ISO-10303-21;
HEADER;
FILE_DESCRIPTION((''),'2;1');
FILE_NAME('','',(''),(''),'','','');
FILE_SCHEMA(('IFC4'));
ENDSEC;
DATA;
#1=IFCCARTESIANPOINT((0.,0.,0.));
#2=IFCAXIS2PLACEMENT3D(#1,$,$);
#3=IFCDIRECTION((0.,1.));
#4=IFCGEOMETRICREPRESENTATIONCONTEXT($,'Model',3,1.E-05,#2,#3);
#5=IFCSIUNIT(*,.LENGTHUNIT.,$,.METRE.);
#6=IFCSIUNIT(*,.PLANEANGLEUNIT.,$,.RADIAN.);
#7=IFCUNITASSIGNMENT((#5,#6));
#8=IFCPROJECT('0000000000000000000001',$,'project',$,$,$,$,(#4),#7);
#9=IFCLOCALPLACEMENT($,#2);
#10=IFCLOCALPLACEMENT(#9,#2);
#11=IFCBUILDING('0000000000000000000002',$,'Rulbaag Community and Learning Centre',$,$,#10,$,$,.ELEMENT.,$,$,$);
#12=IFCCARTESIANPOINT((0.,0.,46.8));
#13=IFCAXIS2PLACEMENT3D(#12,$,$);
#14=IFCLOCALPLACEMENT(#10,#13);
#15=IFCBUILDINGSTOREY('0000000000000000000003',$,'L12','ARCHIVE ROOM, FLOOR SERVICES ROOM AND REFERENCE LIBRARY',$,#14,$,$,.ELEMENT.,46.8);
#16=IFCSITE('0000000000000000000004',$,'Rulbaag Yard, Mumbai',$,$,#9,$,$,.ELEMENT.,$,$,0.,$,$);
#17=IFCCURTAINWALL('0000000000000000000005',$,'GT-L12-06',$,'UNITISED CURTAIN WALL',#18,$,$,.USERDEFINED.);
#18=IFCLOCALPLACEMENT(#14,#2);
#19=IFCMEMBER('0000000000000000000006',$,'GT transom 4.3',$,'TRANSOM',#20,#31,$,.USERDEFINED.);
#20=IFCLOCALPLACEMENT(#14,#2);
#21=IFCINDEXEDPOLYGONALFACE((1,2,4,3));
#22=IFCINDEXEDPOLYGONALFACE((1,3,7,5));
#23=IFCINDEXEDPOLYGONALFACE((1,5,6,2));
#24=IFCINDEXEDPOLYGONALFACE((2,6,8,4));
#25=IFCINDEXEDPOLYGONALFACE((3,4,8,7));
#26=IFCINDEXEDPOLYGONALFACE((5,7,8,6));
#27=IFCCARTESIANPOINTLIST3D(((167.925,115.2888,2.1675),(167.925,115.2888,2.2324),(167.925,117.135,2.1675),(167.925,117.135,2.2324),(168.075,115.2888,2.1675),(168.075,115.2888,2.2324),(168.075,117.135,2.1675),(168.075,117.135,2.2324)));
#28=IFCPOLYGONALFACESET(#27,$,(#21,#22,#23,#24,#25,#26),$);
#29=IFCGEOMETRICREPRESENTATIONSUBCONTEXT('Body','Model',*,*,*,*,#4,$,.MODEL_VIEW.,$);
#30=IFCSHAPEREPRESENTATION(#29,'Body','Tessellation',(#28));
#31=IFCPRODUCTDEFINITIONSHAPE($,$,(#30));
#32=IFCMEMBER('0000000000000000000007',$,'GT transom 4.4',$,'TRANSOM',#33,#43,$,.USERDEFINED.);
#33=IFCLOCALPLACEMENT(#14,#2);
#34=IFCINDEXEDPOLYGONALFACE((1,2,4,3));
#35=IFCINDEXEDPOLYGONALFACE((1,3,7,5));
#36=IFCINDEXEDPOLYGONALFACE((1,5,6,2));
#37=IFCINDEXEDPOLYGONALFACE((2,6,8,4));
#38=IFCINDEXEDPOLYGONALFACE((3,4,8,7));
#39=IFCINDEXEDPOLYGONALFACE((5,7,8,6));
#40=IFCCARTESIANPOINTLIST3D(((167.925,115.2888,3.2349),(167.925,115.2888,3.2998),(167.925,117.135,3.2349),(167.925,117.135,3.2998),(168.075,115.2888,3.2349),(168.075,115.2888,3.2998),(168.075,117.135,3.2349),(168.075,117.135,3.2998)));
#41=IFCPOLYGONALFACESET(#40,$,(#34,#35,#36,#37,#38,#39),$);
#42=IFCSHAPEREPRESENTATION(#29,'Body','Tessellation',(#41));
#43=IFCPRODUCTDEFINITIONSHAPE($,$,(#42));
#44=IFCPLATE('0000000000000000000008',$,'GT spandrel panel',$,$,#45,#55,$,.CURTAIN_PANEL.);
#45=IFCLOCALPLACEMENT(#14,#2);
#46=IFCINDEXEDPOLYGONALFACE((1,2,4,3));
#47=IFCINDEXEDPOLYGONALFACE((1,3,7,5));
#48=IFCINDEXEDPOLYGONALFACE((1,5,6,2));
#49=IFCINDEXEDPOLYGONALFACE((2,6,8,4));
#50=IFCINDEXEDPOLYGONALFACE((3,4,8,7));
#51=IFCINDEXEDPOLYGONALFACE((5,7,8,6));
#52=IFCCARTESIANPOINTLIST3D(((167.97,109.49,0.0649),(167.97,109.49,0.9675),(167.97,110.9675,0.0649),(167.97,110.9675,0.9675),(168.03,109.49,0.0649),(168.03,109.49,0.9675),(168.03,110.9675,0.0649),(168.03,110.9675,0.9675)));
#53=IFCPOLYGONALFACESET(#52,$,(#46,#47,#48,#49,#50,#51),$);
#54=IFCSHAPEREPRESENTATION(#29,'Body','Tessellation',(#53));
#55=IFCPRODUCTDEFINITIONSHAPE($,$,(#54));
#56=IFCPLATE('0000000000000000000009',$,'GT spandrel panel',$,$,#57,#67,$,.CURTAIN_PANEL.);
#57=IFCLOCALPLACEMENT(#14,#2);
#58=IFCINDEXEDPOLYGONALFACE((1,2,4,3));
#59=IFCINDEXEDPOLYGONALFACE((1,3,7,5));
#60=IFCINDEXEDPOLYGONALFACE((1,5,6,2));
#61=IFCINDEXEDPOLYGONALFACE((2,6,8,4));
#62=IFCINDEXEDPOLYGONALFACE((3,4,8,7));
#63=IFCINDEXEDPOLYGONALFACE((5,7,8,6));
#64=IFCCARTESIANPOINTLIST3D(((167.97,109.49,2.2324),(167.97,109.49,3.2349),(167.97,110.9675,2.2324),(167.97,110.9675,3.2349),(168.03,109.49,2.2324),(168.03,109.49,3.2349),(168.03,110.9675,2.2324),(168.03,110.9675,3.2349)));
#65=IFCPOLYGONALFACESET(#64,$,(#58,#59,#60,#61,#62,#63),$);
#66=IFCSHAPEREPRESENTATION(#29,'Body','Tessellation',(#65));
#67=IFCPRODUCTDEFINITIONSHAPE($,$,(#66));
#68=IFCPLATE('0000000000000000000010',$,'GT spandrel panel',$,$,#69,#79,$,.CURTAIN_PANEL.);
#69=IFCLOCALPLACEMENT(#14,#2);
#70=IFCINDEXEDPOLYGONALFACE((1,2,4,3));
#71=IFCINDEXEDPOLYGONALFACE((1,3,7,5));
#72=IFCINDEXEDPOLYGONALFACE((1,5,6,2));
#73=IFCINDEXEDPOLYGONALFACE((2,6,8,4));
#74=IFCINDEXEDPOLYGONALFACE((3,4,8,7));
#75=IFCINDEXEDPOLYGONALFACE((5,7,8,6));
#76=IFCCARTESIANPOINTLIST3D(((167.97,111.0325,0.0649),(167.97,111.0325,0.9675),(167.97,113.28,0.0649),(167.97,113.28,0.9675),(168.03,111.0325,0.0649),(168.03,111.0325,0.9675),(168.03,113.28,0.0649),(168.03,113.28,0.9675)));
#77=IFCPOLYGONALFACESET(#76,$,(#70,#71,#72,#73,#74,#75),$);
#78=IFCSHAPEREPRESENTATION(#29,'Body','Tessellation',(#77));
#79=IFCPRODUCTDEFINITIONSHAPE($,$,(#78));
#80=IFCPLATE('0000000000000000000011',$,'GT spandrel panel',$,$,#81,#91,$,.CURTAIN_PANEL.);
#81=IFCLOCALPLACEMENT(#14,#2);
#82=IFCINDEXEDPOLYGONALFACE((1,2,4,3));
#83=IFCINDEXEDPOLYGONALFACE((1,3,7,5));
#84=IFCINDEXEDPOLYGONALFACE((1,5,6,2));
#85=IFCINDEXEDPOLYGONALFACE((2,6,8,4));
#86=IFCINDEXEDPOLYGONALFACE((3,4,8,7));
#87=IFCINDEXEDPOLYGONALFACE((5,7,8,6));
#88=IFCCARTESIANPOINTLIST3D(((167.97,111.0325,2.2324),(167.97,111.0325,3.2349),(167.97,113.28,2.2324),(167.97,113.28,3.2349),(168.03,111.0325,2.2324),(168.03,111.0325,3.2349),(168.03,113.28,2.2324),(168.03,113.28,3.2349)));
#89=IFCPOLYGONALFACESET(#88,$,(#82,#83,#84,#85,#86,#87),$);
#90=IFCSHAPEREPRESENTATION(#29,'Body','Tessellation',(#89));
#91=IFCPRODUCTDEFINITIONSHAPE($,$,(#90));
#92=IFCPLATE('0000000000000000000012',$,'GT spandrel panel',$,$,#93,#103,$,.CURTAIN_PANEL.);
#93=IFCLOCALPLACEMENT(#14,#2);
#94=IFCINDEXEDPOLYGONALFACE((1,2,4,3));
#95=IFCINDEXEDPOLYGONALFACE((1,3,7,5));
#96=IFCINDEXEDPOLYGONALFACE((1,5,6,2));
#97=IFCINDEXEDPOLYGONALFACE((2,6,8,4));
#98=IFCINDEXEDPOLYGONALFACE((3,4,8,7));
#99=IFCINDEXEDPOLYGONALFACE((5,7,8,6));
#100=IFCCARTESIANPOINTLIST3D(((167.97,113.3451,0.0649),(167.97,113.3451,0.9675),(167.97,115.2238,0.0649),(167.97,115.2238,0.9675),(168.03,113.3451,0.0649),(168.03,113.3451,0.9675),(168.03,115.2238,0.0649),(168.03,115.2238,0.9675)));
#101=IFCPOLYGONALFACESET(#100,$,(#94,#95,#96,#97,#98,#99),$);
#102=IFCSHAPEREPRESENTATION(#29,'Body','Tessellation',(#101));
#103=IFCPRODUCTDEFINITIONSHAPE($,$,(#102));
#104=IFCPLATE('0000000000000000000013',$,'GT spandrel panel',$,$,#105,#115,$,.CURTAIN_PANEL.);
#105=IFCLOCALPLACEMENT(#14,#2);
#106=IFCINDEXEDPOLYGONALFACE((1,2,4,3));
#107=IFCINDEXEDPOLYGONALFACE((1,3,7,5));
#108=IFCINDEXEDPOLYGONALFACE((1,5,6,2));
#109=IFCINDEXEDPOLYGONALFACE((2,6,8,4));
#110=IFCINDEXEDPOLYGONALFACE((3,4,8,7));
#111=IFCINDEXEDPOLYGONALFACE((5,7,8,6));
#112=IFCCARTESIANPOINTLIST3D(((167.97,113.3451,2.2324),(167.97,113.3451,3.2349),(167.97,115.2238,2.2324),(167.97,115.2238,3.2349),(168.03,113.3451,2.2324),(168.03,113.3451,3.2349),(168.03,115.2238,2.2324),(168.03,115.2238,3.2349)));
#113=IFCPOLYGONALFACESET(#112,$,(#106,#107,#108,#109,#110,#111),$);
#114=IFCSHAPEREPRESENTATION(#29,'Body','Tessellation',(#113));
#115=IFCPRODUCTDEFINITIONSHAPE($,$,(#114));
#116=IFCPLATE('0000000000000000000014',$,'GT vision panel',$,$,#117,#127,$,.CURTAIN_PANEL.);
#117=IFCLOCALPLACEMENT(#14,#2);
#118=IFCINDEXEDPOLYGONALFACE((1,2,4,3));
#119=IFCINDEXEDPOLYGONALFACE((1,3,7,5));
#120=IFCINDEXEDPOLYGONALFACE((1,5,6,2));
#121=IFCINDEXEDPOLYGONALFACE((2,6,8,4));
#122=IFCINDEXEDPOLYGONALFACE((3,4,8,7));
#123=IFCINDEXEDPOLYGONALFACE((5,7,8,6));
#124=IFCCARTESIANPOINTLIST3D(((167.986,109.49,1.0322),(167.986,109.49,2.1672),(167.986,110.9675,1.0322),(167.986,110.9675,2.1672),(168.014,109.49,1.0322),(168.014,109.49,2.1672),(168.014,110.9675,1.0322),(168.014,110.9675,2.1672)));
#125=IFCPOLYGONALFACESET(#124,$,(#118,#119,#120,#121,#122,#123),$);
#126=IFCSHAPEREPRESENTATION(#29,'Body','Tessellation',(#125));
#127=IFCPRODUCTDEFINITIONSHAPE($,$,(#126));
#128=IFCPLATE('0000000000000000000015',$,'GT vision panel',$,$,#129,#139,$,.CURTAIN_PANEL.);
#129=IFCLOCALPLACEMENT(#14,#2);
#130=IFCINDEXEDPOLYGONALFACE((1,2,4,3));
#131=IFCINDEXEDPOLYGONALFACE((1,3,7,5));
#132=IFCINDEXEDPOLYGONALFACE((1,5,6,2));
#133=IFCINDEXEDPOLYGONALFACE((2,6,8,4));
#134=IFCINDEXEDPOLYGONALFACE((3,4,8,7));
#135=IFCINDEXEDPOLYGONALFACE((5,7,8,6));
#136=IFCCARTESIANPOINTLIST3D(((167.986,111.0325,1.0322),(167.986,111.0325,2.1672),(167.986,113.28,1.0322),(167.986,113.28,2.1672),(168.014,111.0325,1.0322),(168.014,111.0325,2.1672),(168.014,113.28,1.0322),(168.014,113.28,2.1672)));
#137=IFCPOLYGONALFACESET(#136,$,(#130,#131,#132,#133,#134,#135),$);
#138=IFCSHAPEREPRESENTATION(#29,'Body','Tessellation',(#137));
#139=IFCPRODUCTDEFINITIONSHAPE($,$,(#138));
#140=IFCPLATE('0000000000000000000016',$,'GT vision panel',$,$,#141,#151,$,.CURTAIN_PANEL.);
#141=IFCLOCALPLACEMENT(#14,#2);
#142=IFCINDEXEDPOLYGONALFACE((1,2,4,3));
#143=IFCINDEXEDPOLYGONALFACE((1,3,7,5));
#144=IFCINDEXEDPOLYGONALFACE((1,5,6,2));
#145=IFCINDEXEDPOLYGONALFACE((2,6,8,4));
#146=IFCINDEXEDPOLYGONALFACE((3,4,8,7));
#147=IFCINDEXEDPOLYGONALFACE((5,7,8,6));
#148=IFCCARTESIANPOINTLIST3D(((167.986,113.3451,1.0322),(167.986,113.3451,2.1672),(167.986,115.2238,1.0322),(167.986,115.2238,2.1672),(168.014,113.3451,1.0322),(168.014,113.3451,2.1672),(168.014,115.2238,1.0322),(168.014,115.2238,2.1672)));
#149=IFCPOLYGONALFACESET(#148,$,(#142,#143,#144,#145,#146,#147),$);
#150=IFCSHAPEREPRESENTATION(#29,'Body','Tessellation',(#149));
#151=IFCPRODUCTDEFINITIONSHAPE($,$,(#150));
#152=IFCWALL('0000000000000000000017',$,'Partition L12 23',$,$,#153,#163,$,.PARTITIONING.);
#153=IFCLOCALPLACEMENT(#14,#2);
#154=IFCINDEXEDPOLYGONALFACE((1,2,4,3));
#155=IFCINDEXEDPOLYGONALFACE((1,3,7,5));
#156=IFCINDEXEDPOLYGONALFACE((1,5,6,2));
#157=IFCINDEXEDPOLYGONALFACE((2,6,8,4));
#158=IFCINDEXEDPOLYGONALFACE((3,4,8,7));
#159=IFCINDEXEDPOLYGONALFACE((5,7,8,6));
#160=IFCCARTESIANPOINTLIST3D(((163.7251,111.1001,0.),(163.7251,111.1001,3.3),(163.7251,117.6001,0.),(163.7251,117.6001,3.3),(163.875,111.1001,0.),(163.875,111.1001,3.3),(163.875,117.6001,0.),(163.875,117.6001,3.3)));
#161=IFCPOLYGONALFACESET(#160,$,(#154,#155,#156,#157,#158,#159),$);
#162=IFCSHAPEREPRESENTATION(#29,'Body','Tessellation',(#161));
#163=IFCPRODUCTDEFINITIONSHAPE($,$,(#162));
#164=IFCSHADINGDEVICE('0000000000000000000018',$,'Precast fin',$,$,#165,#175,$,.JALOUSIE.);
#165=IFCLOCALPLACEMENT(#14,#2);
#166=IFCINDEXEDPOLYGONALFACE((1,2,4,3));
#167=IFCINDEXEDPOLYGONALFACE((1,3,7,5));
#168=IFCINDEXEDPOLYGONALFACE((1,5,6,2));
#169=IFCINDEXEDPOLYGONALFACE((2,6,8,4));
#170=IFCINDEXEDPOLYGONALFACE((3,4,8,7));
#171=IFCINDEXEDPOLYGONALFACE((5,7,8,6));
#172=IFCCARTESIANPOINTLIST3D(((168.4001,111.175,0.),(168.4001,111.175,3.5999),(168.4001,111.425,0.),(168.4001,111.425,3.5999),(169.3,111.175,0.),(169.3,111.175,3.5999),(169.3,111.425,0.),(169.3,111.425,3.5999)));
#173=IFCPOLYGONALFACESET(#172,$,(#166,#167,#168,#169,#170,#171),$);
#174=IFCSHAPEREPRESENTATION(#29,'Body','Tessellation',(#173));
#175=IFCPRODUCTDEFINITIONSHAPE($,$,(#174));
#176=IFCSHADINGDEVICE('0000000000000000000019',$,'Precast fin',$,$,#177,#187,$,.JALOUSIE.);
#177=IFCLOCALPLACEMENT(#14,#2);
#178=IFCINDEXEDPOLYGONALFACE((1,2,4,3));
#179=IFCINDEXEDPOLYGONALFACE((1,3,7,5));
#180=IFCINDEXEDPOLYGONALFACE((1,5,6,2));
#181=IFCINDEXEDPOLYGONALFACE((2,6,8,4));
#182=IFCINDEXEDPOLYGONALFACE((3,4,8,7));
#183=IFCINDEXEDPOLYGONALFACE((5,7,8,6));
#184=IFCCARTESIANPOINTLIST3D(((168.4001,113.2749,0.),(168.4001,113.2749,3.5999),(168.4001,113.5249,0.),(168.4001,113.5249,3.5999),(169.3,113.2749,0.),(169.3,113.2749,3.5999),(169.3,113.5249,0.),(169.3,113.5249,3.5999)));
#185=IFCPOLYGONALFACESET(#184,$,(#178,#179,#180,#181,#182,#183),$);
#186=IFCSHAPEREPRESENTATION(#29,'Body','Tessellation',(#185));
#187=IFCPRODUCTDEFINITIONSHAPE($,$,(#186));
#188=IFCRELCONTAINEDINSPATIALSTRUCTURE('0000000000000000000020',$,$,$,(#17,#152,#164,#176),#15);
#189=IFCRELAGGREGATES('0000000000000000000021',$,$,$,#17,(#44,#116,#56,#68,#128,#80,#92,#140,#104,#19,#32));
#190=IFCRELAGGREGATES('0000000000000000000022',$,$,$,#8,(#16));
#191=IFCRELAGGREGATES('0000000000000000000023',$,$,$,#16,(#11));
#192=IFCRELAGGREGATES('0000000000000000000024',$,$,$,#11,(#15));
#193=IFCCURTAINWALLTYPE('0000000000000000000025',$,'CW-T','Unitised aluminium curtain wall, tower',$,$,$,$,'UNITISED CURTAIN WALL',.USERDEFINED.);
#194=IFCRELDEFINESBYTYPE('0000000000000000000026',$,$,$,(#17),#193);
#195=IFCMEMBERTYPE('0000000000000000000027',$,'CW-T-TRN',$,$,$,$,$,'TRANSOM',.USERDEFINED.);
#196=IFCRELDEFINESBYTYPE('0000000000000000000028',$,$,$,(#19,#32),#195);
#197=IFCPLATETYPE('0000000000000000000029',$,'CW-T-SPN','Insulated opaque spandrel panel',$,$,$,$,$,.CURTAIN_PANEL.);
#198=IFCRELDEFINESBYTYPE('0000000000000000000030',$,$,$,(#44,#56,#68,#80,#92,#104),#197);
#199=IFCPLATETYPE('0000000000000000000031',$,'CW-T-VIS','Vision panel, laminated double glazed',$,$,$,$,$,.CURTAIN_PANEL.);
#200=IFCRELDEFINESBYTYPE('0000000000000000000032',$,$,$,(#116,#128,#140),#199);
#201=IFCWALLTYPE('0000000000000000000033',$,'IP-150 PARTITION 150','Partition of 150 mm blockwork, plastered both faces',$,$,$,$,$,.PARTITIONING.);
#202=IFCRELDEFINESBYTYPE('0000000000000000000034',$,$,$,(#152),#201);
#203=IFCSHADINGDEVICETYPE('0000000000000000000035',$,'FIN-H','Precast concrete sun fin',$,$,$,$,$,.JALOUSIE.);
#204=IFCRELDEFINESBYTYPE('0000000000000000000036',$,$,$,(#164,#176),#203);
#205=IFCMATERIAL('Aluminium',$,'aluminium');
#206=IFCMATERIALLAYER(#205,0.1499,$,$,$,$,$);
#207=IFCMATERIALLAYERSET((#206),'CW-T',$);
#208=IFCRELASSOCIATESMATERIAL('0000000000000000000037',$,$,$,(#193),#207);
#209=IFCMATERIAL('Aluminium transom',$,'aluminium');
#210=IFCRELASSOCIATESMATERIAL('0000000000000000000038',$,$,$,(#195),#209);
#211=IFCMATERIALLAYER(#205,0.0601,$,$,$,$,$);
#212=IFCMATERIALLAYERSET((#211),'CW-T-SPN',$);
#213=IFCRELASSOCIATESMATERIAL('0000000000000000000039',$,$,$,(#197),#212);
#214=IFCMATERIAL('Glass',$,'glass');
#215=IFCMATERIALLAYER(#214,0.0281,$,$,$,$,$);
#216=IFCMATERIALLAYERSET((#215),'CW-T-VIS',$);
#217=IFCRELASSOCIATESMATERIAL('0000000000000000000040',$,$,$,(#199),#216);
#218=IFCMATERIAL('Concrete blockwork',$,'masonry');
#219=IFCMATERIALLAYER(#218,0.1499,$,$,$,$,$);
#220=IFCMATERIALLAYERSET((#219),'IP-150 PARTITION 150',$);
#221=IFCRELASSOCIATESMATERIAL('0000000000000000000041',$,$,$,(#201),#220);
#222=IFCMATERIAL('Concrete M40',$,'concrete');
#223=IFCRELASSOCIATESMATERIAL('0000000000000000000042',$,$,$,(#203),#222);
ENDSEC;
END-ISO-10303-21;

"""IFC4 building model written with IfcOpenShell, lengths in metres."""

from ifc_helpers import new_model, si_unit, direction, frame, frame_2d, origin, origin_2d, place, context, subcontext, project, spatial, rectangle, extrude, material, layer, layer_set, material_profile, profile_set, type_object, element, aggregate, save


model = new_model("IFC4")

# Units and contexts
model_context = context("Model", 3, precision=1e-05, world=origin(), true_north=direction((0.0, 1.0)))
body_context = subcontext(model_context, "Body", "Model", "MODEL_VIEW")
ifc_project = project(units=[si_unit("LENGTHUNIT", "METRE"), si_unit("PLANEANGLEUNIT", "RADIAN")], contexts=[model_context])

# Site, building, storey
site_placement = place(None, origin())
site = spatial("IfcSite", under=ifc_project, at=site_placement, Name="Rulbaag Yard, Mumbai", CompositionType="ELEMENT", RefElevation=0.0)
building_placement = place(site_placement, origin())
building = spatial("IfcBuilding", under=site, at=building_placement, Name="Rulbaag Community and Learning Centre", CompositionType="ELEMENT")
storey_placement = place(building_placement, frame((0.0, 0.0, 46.8)))
storey = spatial("IfcBuildingStorey", under=building, at=storey_placement, Name="L12", Description="ARCHIVE ROOM, FLOOR SERVICES ROOM AND REFERENCE LIBRARY", CompositionType="ELEMENT", Elevation=46.8)

# Curtain wall, members, plates
ifc_material_1 = material(Name="Aluminium", Category="aluminium")
ifc_layer_1 = layer(ifc_material_1, 0.1499)
ifc_layer_set_1 = layer_set([ifc_layer_1], Name="CW-T")
curtain_wall_type = type_object("IfcCurtainWallType", Name="CW-T", Description="Unitised aluminium curtain wall, tower", ElementType="UNITISED CURTAIN WALL", PredefinedType="USERDEFINED", material=ifc_layer_set_1)
curtain_wall_placement = place(storey_placement, origin())
curtain_wall = element("IfcCurtainWall", 1, at=curtain_wall_placement, inside=storey, type_object=curtain_wall_type, Name="GT-L12-06", ObjectType="UNITISED CURTAIN WALL", PredefinedType="USERDEFINED")
ifc_material_2 = material(Name="Aluminium transom", Category="aluminium")
ifc_material_profile_1 = material_profile(ifc_material_2, rectangle(XDim=0.1499, YDim=0.0649, at=origin_2d()), Name="AL 65x150 T")
ifc_profile_set_1 = profile_set([ifc_material_profile_1], Name="Aluminium transom")
member_type_1 = type_object("IfcMemberType", Name="CW-T-TRN", ElementType="TRANSOM", PredefinedType="USERDEFINED", material=ifc_profile_set_1)
member_1_placement = place(storey_placement, frame((168.0, 115.2888, 2.2), z_axis=(0.0, 1.0, 0.0), x_axis=(-1.0, 0.0, 0.0)))
member_1 = element("IfcMember", 2, at=member_1_placement, type_object=member_type_1, Name="GT transom 4.3", ObjectType="TRANSOM", PredefinedType="USERDEFINED", context=body_context, shape_type="SweptSolid", body=[
    extrude(rectangle(XDim=0.1499, YDim=0.0649, at=origin_2d()), origin(), (0.0, 0.0, 1.0), 1.8462),
])
member_2_placement = place(storey_placement, frame((168.0, 115.2888, 3.2673), z_axis=(0.0, 1.0, 0.0), x_axis=(-1.0, 0.0, 0.0)))
member_2 = element("IfcMember", 3, at=member_2_placement, type_object=member_type_1, Name="GT transom 4.4", ObjectType="TRANSOM", PredefinedType="USERDEFINED", context=body_context, shape_type="SweptSolid", body=[
    extrude(rectangle(XDim=0.1499, YDim=0.0649, at=origin_2d()), origin(), (0.0, 0.0, 1.0), 1.8462),
])
ifc_layer_2 = layer(ifc_material_1, 0.0601)
ifc_layer_set_2 = layer_set([ifc_layer_2], Name="CW-T-SPN")
plate_type_1 = type_object("IfcPlateType", Name="CW-T-SPN", Description="Insulated opaque spandrel panel", PredefinedType="CURTAIN_PANEL", material=ifc_layer_set_2)
plate_1_placement = place(storey_placement, frame((168.0, 110.2288, 0.0649), z_axis=(0.0, 0.0, 1.0), x_axis=(0.0, 1.0, 0.0)))
plate_1 = element("IfcPlate", 4, at=plate_1_placement, type_object=plate_type_1, Name="GT spandrel panel", PredefinedType="CURTAIN_PANEL", context=body_context, shape_type="SweptSolid", body=[
    extrude(rectangle(XDim=1.4775, YDim=0.0601, at=origin_2d()), origin(), (0.0, 0.0, 1.0), 0.9026),
])
plate_2_placement = place(storey_placement, frame((168.0, 110.2288, 2.2324), z_axis=(0.0, 0.0, 1.0), x_axis=(0.0, 1.0, 0.0)))
plate_2 = element("IfcPlate", 5, at=plate_2_placement, type_object=plate_type_1, Name="GT spandrel panel", PredefinedType="CURTAIN_PANEL", context=body_context, shape_type="SweptSolid", body=[
    extrude(rectangle(XDim=1.4775, YDim=0.0601, at=origin_2d()), origin(), (0.0, 0.0, 1.0), 1.0024),
])
plate_3_placement = place(storey_placement, frame((168.0, 112.1562, 0.0649), z_axis=(0.0, 0.0, 1.0), x_axis=(0.0, 1.0, 0.0)))
plate_3 = element("IfcPlate", 6, at=plate_3_placement, type_object=plate_type_1, Name="GT spandrel panel", PredefinedType="CURTAIN_PANEL", context=body_context, shape_type="SweptSolid", body=[
    extrude(rectangle(XDim=2.2476, YDim=0.0601, at=origin_2d()), origin(), (0.0, 0.0, 1.0), 0.9026),
])
plate_4_placement = place(storey_placement, frame((168.0, 112.1562, 2.2324), z_axis=(0.0, 0.0, 1.0), x_axis=(0.0, 1.0, 0.0)))
plate_4 = element("IfcPlate", 7, at=plate_4_placement, type_object=plate_type_1, Name="GT spandrel panel", PredefinedType="CURTAIN_PANEL", context=body_context, shape_type="SweptSolid", body=[
    extrude(rectangle(XDim=2.2476, YDim=0.0601, at=origin_2d()), origin(), (0.0, 0.0, 1.0), 1.0024),
])
plate_5_placement = place(storey_placement, frame((168.0, 114.2844, 0.0649), z_axis=(0.0, 0.0, 1.0), x_axis=(0.0, 1.0, 0.0)))
plate_5 = element("IfcPlate", 8, at=plate_5_placement, type_object=plate_type_1, Name="GT spandrel panel", PredefinedType="CURTAIN_PANEL", context=body_context, shape_type="SweptSolid", body=[
    extrude(rectangle(XDim=1.8787, YDim=0.0601, at=origin_2d()), origin(), (0.0, 0.0, 1.0), 0.9026),
])
plate_6_placement = place(storey_placement, frame((168.0, 114.2844, 2.2324), z_axis=(0.0, 0.0, 1.0), x_axis=(0.0, 1.0, 0.0)))
plate_6 = element("IfcPlate", 9, at=plate_6_placement, type_object=plate_type_1, Name="GT spandrel panel", PredefinedType="CURTAIN_PANEL", context=body_context, shape_type="SweptSolid", body=[
    extrude(rectangle(XDim=1.8787, YDim=0.0601, at=origin_2d()), origin(), (0.0, 0.0, 1.0), 1.0024),
])
ifc_material_3 = material(Name="Glass", Category="glass")
ifc_layer_3 = layer(ifc_material_3, 0.0281)
ifc_layer_set_3 = layer_set([ifc_layer_3], Name="CW-T-VIS")
plate_type_2 = type_object("IfcPlateType", Name="CW-T-VIS", Description="Vision panel, laminated double glazed", PredefinedType="CURTAIN_PANEL", material=ifc_layer_set_3)
plate_7_placement = place(storey_placement, frame((168.0, 110.2288, 1.0322), z_axis=(0.0, 0.0, 1.0), x_axis=(0.0, 1.0, 0.0)))
plate_7 = element("IfcPlate", 10, at=plate_7_placement, type_object=plate_type_2, Name="GT vision panel", PredefinedType="CURTAIN_PANEL", context=body_context, shape_type="SweptSolid", body=[
    extrude(rectangle(XDim=1.4775, YDim=0.0281, at=origin_2d()), origin(), (0.0, 0.0, 1.0), 1.135),
])
plate_8_placement = place(storey_placement, frame((168.0, 112.1562, 1.0322), z_axis=(0.0, 0.0, 1.0), x_axis=(0.0, 1.0, 0.0)))
plate_8 = element("IfcPlate", 11, at=plate_8_placement, type_object=plate_type_2, Name="GT vision panel", PredefinedType="CURTAIN_PANEL", context=body_context, shape_type="SweptSolid", body=[
    extrude(rectangle(XDim=2.2476, YDim=0.0281, at=origin_2d()), origin(), (0.0, 0.0, 1.0), 1.135),
])
plate_9_placement = place(storey_placement, frame((168.0, 114.2844, 1.0322), z_axis=(0.0, 0.0, 1.0), x_axis=(0.0, 1.0, 0.0)))
plate_9 = element("IfcPlate", 12, at=plate_9_placement, type_object=plate_type_2, Name="GT vision panel", PredefinedType="CURTAIN_PANEL", context=body_context, shape_type="SweptSolid", body=[
    extrude(rectangle(XDim=1.8787, YDim=0.0281, at=origin_2d()), origin(), (0.0, 0.0, 1.0), 1.135),
])
aggregate(curtain_wall, [plate_1, plate_7, plate_2, plate_3, plate_8, plate_4, plate_5, plate_9, plate_6, member_1, member_2])

# Wall
ifc_material_4 = material(Name="Concrete blockwork", Category="masonry")
ifc_layer_4 = layer(ifc_material_4, 0.1499)
ifc_layer_set_4 = layer_set([ifc_layer_4], Name="IP-150 PARTITION 150")
wall_type = type_object("IfcWallType", Name="IP-150 PARTITION 150", Description="Partition of 150 mm blockwork, plastered both faces", PredefinedType="PARTITIONING", material=ifc_layer_set_4)
wall_placement = place(storey_placement, frame((163.8, 111.1001, 0.0), z_axis=(0.0, 0.0, 1.0), x_axis=(0.0, 1.0, 0.0)))
element("IfcWall", 13, at=wall_placement, inside=storey, type_object=wall_type, Name="Partition L12 23", PredefinedType="PARTITIONING", context=body_context, shape_type="SweptSolid", body=[
    extrude(rectangle(XDim=6.5, YDim=0.1499, at=frame_2d((3.25, 0.0))), origin(), (0.0, 0.0, 1.0), 3.3),
])

# Shading devices
ifc_material_5 = material(Name="Concrete M40", Category="concrete")
ifc_material_profile_2 = material_profile(ifc_material_5, rectangle(XDim=0.25, YDim=0.8999, at=origin_2d()), Name="PC 250x900")
ifc_profile_set_2 = profile_set([ifc_material_profile_2], Name="Concrete M40")
shading_device_type = type_object("IfcShadingDeviceType", Name="FIN-H", Description="Precast concrete sun fin", PredefinedType="JALOUSIE", material=ifc_profile_set_2)
for number, where, z_axis, x_axis, name in (
    (14, (168.8501, 111.3, 0.0), (0.0, 0.0, 1.0), (0.0, 1.0, 0.0), "Precast fin"),
    (15, (168.8501, 113.3999, 0.0), (0.0, 0.0, 1.0), (0.0, 1.0, 0.0), "Precast fin"),
):
    element("IfcShadingDevice", number, at=place(storey_placement, frame(where, z_axis=z_axis, x_axis=x_axis)), inside=storey, type_object=shading_device_type, Name=name, PredefinedType="JALOUSIE", context=body_context, shape_type="SweptSolid", body=[
        extrude(rectangle(XDim=0.25, YDim=0.8999, at=origin_2d()), origin(), (0.0, 0.0, 1.0), 3.5999),
    ])

save(model, "model.ifc")
